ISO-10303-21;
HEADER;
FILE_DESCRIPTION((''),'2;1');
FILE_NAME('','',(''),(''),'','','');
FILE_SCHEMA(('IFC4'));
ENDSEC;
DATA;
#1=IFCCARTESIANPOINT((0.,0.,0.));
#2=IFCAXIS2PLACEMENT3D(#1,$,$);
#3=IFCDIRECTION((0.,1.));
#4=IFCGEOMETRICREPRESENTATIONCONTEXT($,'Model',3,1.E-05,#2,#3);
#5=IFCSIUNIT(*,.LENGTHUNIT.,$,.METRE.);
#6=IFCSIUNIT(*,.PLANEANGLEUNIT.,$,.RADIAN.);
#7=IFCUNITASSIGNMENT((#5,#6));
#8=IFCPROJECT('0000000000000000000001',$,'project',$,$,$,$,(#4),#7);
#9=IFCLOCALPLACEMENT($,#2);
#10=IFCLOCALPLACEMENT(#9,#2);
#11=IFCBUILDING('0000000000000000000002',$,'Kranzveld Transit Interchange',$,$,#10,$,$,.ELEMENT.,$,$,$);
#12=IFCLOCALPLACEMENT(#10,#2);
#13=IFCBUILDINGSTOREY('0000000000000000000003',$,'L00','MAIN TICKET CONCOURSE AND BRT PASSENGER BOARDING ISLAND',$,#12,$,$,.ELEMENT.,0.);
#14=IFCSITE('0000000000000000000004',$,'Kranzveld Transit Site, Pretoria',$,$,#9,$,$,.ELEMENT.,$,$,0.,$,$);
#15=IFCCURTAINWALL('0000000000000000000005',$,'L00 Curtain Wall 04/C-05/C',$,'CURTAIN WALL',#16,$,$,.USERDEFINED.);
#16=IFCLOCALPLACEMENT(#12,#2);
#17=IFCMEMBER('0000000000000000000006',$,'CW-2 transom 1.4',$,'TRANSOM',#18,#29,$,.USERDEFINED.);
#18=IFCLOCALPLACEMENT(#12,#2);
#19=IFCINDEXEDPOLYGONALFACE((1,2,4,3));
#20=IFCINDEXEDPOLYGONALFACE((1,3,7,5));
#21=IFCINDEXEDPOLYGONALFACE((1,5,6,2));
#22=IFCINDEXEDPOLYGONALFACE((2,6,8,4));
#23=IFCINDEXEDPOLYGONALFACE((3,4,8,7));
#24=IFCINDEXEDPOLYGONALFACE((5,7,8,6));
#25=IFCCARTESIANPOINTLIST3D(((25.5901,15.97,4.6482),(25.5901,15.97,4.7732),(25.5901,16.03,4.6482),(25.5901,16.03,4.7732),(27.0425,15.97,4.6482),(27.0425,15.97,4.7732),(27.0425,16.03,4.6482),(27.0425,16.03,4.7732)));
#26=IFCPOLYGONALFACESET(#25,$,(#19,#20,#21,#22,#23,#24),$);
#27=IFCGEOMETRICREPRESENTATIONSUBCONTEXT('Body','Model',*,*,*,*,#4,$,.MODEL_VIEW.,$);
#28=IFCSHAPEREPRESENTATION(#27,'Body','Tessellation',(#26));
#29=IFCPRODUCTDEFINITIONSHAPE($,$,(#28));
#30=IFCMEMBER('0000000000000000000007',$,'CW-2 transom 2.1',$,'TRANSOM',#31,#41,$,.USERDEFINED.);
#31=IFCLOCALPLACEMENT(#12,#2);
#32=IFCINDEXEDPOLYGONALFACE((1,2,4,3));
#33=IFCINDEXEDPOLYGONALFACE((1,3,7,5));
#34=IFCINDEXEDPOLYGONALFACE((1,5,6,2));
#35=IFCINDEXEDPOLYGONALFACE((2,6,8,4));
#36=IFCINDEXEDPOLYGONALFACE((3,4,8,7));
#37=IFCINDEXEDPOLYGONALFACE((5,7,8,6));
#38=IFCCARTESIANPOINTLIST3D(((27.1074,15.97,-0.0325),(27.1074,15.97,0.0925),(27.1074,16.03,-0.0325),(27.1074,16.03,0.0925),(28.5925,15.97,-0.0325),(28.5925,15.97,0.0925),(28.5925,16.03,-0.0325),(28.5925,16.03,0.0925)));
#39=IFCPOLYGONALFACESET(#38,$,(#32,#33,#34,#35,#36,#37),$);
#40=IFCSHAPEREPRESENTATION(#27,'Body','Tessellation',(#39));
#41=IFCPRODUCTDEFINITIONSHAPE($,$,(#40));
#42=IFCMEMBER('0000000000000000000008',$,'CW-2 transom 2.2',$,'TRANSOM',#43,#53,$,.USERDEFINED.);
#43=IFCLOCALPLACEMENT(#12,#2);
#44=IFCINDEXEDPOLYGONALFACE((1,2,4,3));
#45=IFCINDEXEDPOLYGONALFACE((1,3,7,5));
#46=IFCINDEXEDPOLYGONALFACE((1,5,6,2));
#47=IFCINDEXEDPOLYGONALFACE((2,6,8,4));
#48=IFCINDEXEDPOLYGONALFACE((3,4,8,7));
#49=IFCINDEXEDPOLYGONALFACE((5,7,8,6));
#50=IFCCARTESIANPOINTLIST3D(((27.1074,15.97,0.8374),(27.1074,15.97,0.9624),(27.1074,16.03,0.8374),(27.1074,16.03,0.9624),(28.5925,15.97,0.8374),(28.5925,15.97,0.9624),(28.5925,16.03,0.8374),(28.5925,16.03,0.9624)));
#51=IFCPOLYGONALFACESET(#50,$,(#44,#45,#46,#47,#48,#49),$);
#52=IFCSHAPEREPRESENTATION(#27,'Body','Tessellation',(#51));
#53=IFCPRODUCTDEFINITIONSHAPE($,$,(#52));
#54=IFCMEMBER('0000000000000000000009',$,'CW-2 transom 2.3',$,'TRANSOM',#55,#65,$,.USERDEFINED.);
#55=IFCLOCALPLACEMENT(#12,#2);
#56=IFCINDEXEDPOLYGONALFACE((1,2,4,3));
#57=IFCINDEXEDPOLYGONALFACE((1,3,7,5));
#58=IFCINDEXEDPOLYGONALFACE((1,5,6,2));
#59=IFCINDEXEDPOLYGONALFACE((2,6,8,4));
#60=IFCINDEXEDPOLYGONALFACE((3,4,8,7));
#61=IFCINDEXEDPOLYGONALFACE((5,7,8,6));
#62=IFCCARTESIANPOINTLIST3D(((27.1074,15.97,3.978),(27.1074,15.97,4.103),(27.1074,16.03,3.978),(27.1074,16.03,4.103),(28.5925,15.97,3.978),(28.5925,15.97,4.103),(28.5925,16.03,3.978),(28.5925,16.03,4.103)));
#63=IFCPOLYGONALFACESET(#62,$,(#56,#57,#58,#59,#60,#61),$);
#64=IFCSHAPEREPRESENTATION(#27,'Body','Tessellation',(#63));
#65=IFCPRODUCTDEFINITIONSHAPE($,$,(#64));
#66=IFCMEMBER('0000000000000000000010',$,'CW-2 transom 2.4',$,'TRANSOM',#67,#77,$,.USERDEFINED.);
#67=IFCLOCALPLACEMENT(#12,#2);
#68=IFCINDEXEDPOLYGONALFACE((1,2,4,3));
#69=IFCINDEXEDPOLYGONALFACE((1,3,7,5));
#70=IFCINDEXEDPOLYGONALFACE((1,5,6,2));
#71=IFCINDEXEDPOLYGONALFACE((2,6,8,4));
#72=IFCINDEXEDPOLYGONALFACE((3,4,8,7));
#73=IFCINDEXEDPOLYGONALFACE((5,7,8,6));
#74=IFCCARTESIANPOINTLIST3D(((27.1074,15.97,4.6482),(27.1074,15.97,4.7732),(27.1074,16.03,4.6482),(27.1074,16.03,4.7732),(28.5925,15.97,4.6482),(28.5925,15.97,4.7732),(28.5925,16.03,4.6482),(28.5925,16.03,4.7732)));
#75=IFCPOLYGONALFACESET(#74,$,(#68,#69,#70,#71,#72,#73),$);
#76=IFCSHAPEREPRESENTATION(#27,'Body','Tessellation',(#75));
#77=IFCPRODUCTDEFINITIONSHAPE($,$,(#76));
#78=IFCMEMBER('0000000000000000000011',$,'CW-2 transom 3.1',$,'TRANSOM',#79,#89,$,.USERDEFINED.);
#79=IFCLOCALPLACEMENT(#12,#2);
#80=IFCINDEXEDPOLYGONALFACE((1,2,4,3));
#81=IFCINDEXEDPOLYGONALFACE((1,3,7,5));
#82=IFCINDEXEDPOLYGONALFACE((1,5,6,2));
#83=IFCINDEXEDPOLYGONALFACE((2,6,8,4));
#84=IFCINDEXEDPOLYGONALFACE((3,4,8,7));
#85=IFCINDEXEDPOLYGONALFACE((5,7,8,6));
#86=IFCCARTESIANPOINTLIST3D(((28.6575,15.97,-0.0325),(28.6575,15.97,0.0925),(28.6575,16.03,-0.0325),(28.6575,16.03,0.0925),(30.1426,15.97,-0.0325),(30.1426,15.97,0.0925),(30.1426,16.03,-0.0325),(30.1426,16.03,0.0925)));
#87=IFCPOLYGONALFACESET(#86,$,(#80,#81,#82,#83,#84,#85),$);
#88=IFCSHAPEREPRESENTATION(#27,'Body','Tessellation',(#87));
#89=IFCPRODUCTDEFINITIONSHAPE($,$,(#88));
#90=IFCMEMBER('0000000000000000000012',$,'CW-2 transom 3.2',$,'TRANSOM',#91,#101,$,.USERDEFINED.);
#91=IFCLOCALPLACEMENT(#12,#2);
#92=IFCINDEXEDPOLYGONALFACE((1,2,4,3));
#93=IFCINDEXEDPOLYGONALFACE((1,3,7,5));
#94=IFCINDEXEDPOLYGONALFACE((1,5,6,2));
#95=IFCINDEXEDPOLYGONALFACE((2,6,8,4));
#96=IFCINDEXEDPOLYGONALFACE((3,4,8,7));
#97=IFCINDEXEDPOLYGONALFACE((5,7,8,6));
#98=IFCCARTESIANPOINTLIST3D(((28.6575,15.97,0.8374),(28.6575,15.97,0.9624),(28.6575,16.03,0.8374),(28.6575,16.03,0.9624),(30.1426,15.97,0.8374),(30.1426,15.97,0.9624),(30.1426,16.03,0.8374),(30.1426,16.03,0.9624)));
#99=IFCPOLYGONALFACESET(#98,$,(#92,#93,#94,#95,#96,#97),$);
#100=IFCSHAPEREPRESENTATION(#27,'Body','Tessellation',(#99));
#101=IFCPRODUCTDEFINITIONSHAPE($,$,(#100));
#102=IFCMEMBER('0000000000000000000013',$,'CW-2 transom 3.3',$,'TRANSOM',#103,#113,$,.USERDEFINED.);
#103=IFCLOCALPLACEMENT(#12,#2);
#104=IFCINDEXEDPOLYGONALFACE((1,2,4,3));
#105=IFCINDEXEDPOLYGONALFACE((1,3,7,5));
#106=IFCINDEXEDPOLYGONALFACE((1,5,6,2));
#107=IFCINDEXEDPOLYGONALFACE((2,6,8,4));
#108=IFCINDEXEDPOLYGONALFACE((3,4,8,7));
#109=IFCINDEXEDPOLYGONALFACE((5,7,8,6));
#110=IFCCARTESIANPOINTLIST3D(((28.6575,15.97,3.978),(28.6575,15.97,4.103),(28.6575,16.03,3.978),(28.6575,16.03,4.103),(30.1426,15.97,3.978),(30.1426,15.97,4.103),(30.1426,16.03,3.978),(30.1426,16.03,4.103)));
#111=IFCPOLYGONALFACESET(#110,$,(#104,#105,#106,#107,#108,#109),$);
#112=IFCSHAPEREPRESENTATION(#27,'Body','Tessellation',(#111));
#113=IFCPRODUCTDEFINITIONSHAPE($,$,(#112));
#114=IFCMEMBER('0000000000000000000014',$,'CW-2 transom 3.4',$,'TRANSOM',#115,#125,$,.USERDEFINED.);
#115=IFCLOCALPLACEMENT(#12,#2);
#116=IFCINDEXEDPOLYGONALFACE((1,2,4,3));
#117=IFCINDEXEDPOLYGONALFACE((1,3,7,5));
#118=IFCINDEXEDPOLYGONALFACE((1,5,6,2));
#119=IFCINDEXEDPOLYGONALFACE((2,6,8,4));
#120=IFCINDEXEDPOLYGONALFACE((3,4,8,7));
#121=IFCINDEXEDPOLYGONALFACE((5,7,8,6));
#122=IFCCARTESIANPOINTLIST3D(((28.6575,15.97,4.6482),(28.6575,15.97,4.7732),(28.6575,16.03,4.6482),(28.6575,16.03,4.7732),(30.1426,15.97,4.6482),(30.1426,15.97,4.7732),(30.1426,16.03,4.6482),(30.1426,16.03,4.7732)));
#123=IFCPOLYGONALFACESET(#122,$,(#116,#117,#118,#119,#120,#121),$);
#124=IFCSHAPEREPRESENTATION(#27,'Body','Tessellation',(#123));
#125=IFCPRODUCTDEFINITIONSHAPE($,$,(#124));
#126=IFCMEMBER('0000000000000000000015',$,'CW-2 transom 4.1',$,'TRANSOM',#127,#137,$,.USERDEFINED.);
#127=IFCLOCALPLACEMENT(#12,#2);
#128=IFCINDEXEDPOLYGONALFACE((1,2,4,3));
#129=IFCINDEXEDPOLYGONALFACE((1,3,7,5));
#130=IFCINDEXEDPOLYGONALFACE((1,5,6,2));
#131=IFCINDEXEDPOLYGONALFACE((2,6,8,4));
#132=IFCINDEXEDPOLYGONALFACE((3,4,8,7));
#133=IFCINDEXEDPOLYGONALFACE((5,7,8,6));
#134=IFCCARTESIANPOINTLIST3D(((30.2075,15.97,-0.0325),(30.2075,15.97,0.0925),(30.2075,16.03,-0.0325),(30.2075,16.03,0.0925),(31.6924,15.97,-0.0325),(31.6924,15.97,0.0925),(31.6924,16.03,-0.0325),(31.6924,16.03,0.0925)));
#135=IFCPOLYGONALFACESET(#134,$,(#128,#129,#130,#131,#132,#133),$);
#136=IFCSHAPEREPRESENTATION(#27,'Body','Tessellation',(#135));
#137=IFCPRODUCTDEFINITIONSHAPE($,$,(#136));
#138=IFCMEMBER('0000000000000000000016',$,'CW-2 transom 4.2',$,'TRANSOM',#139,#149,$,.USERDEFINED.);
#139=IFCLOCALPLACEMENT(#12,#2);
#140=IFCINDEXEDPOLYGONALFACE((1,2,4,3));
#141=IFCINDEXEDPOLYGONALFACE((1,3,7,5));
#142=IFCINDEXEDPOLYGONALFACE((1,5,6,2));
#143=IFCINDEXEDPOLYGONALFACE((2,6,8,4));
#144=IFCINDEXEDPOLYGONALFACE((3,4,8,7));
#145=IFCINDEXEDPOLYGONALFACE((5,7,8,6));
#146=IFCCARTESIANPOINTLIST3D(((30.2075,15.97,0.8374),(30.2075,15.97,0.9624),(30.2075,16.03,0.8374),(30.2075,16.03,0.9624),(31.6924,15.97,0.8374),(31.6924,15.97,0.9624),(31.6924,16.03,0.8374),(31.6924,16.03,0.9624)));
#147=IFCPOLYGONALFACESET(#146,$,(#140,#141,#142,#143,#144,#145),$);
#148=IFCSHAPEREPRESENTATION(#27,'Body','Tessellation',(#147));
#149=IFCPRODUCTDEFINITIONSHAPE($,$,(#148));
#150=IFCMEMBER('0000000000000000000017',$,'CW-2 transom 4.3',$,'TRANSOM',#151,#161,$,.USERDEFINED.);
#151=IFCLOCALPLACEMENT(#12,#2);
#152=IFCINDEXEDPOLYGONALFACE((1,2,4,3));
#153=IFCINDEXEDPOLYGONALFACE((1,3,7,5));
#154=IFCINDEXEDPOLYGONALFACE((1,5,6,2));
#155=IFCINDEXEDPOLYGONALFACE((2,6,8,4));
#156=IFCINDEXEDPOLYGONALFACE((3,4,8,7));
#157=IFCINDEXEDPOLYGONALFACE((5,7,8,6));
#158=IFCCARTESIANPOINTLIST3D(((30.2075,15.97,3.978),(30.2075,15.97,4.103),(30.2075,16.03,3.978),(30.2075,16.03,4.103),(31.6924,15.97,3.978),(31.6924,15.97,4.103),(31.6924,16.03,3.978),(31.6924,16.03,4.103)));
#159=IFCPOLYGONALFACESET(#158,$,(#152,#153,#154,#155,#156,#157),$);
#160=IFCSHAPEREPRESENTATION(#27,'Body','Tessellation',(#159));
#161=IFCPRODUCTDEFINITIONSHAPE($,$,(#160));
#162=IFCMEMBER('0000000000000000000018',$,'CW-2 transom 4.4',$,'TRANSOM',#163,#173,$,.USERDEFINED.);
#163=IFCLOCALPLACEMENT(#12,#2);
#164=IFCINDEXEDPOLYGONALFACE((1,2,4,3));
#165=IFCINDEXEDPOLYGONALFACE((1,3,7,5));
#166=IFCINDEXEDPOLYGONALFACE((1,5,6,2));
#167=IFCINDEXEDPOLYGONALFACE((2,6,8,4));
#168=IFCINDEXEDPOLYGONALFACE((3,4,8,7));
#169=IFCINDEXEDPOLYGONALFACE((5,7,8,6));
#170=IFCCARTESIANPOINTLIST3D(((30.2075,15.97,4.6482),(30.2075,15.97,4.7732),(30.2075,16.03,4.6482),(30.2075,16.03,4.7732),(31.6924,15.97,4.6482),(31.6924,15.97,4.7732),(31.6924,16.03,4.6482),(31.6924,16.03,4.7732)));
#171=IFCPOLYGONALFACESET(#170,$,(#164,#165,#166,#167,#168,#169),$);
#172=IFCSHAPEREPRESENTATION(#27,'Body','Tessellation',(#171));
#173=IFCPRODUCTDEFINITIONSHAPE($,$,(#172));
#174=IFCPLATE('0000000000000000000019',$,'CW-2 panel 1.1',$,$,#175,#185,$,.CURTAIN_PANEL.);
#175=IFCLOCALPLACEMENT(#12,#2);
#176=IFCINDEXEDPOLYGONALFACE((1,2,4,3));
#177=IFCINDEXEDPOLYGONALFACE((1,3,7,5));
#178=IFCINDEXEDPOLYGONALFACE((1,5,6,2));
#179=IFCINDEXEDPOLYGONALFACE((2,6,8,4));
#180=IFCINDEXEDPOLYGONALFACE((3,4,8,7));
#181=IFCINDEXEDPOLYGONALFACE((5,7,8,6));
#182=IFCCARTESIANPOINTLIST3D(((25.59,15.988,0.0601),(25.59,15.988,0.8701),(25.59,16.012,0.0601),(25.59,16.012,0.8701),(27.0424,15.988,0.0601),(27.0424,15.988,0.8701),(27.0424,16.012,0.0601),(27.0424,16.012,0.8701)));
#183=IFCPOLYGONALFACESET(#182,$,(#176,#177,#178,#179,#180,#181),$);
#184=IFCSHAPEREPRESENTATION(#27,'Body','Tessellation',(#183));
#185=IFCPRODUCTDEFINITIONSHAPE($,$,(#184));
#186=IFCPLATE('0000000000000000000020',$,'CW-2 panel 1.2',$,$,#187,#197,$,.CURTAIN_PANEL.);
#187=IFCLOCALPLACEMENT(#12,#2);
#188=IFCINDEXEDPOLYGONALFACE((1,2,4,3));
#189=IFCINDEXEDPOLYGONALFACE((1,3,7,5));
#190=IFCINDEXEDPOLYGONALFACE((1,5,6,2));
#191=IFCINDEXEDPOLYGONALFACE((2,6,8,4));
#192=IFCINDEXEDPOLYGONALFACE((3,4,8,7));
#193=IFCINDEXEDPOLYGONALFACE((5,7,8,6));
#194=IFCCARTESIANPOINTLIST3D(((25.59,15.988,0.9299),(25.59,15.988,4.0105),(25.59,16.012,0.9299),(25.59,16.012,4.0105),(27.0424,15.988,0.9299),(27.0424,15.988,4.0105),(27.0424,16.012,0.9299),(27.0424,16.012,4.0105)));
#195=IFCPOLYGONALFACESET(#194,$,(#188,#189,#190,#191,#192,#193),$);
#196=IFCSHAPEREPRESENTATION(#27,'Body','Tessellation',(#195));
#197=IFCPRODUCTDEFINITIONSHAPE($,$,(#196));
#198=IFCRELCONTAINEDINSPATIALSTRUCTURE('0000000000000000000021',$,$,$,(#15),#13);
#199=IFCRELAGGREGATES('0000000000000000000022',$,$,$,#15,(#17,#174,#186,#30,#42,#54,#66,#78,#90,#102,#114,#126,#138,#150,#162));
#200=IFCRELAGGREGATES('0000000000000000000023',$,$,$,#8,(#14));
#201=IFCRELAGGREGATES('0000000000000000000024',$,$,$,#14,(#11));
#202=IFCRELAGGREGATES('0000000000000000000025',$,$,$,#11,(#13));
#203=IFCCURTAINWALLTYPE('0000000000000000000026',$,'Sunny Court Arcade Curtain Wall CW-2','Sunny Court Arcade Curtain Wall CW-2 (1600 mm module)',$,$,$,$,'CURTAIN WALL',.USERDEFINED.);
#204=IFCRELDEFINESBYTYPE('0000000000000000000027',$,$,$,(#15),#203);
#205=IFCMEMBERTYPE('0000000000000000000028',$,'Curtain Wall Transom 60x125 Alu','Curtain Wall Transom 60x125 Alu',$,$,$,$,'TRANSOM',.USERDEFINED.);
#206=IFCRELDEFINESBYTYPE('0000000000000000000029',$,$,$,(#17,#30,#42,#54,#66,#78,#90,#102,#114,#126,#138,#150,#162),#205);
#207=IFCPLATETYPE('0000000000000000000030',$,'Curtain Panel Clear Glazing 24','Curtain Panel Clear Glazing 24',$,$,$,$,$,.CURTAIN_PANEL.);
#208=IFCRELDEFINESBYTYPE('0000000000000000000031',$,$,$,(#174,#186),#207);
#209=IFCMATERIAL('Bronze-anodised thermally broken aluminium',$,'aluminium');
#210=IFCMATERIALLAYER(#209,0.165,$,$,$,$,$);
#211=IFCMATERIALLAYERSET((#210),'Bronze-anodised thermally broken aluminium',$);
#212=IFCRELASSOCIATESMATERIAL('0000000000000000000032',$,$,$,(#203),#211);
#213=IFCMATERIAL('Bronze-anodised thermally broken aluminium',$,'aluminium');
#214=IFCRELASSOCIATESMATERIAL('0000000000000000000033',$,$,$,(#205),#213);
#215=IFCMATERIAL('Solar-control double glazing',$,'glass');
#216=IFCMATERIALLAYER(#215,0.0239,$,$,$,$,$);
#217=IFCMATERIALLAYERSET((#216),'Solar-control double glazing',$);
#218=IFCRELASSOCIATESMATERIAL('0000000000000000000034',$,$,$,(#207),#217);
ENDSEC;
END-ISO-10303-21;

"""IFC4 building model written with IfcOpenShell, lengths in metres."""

from ifc_helpers import new_model, si_unit, direction, frame, origin, origin_2d, place, context, subcontext, project, spatial, rectangle, extrude, material, layer, layer_set, material_profile, profile_set, type_object, element, aggregate, save


model = new_model("IFC4")

# Units and contexts
model_context = context("Model", 3, precision=1e-05, world=origin(), true_north=direction((0.0, 1.0)))
body_context = subcontext(model_context, "Body", "Model", "MODEL_VIEW")
ifc_project = project(units=[si_unit("LENGTHUNIT", "METRE"), si_unit("PLANEANGLEUNIT", "RADIAN")], contexts=[model_context])

# Site, building, storey
site_placement = place(None, origin())
site = spatial("IfcSite", under=ifc_project, at=site_placement, Name="Kranzveld Transit Site, Pretoria", CompositionType="ELEMENT", RefElevation=0.0)
building_placement = place(site_placement, origin())
building = spatial("IfcBuilding", under=site, at=building_placement, Name="Kranzveld Transit Interchange", CompositionType="ELEMENT")
storey_placement = place(building_placement, origin())
storey = spatial("IfcBuildingStorey", under=building, at=storey_placement, Name="L00", Description="MAIN TICKET CONCOURSE AND BRT PASSENGER BOARDING ISLAND", CompositionType="ELEMENT", Elevation=0.0)

# Curtain wall, members, plates
ifc_material_1 = material(Name="Bronze-anodised thermally broken aluminium", Category="aluminium")
ifc_layer_1 = layer(ifc_material_1, 0.165)
ifc_layer_set_1 = layer_set([ifc_layer_1], Name="Bronze-anodised thermally broken aluminium")
curtain_wall_type = type_object("IfcCurtainWallType", Name="Sunny Court Arcade Curtain Wall CW-2", Description="Sunny Court Arcade Curtain Wall CW-2 (1600 mm module)", ElementType="CURTAIN WALL", PredefinedType="USERDEFINED", material=ifc_layer_set_1)
curtain_wall_placement = place(storey_placement, origin())
curtain_wall = element("IfcCurtainWall", 1, at=curtain_wall_placement, inside=storey, type_object=curtain_wall_type, Name="L00 Curtain Wall 04/C-05/C", ObjectType="CURTAIN WALL", PredefinedType="USERDEFINED")
ifc_material_2 = material(Name="Bronze-anodised thermally broken aluminium", Category="aluminium")
ifc_material_profile_1 = material_profile(ifc_material_2, rectangle(XDim=0.0601, YDim=0.125, at=origin_2d()), Name="ALU TRANSOM 60x125")
ifc_profile_set_1 = profile_set([ifc_material_profile_1], Name="Bronze-anodised thermally broken aluminium")
member_type_1 = type_object("IfcMemberType", Name="Curtain Wall Transom 60x125 Alu", Description="Curtain Wall Transom 60x125 Alu", ElementType="TRANSOM", PredefinedType="USERDEFINED", material=ifc_profile_set_1)
member_1_placement = place(storey_placement, frame((25.5901, 16.0, 4.7107), z_axis=(1.0, 0.0, 0.0), x_axis=(0.0, 1.0, 0.0)))
member_1 = element("IfcMember", 2, at=member_1_placement, type_object=member_type_1, Name="CW-2 transom 1.4", ObjectType="TRANSOM", PredefinedType="USERDEFINED", context=body_context, shape_type="SweptSolid", body=[
    extrude(rectangle(XDim=0.0601, YDim=0.125, at=origin_2d()), origin(), (0.0, 0.0, 1.0), 1.4524),
])
member_2_placement = place(storey_placement, frame((27.1074, 16.0, 0.03), z_axis=(1.0, 0.0, 0.0), x_axis=(0.0, 1.0, 0.0)))
member_2 = element("IfcMember", 3, at=member_2_placement, type_object=member_type_1, Name="CW-2 transom 2.1", ObjectType="TRANSOM", PredefinedType="USERDEFINED", context=body_context, shape_type="SweptSolid", body=[
    extrude(rectangle(XDim=0.0601, YDim=0.125, at=origin_2d()), origin(), (0.0, 0.0, 1.0), 1.4851),
])
member_3_placement = place(storey_placement, frame((27.1074, 16.0, 0.8999), z_axis=(1.0, 0.0, 0.0), x_axis=(0.0, 1.0, 0.0)))
member_3 = element("IfcMember", 4, at=member_3_placement, type_object=member_type_1, Name="CW-2 transom 2.2", ObjectType="TRANSOM", PredefinedType="USERDEFINED", context=body_context, shape_type="SweptSolid", body=[
    extrude(rectangle(XDim=0.0601, YDim=0.125, at=origin_2d()), origin(), (0.0, 0.0, 1.0), 1.4851),
])
member_4_placement = place(storey_placement, frame((27.1074, 16.0, 4.0405), z_axis=(1.0, 0.0, 0.0), x_axis=(0.0, 1.0, 0.0)))
member_4 = element("IfcMember", 5, at=member_4_placement, type_object=member_type_1, Name="CW-2 transom 2.3", ObjectType="TRANSOM", PredefinedType="USERDEFINED", context=body_context, shape_type="SweptSolid", body=[
    extrude(rectangle(XDim=0.0601, YDim=0.125, at=origin_2d()), origin(), (0.0, 0.0, 1.0), 1.4851),
])
member_5_placement = place(storey_placement, frame((27.1074, 16.0, 4.7107), z_axis=(1.0, 0.0, 0.0), x_axis=(0.0, 1.0, 0.0)))
member_5 = element("IfcMember", 6, at=member_5_placement, type_object=member_type_1, Name="CW-2 transom 2.4", ObjectType="TRANSOM", PredefinedType="USERDEFINED", context=body_context, shape_type="SweptSolid", body=[
    extrude(rectangle(XDim=0.0601, YDim=0.125, at=origin_2d()), origin(), (0.0, 0.0, 1.0), 1.4851),
])
member_6_placement = place(storey_placement, frame((28.6575, 16.0, 0.03), z_axis=(1.0, 0.0, 0.0), x_axis=(0.0, 1.0, 0.0)))
member_6 = element("IfcMember", 7, at=member_6_placement, type_object=member_type_1, Name="CW-2 transom 3.1", ObjectType="TRANSOM", PredefinedType="USERDEFINED", context=body_context, shape_type="SweptSolid", body=[
    extrude(rectangle(XDim=0.0601, YDim=0.125, at=origin_2d()), origin(), (0.0, 0.0, 1.0), 1.4851),
])
member_7_placement = place(storey_placement, frame((28.6575, 16.0, 0.8999), z_axis=(1.0, 0.0, 0.0), x_axis=(0.0, 1.0, 0.0)))
member_7 = element("IfcMember", 8, at=member_7_placement, type_object=member_type_1, Name="CW-2 transom 3.2", ObjectType="TRANSOM", PredefinedType="USERDEFINED", context=body_context, shape_type="SweptSolid", body=[
    extrude(rectangle(XDim=0.0601, YDim=0.125, at=origin_2d()), origin(), (0.0, 0.0, 1.0), 1.4851),
])
member_8_placement = place(storey_placement, frame((28.6575, 16.0, 4.0405), z_axis=(1.0, 0.0, 0.0), x_axis=(0.0, 1.0, 0.0)))
member_8 = element("IfcMember", 9, at=member_8_placement, type_object=member_type_1, Name="CW-2 transom 3.3", ObjectType="TRANSOM", PredefinedType="USERDEFINED", context=body_context, shape_type="SweptSolid", body=[
    extrude(rectangle(XDim=0.0601, YDim=0.125, at=origin_2d()), origin(), (0.0, 0.0, 1.0), 1.4851),
])
member_9_placement = place(storey_placement, frame((28.6575, 16.0, 4.7107), z_axis=(1.0, 0.0, 0.0), x_axis=(0.0, 1.0, 0.0)))
member_9 = element("IfcMember", 10, at=member_9_placement, type_object=member_type_1, Name="CW-2 transom 3.4", ObjectType="TRANSOM", PredefinedType="USERDEFINED", context=body_context, shape_type="SweptSolid", body=[
    extrude(rectangle(XDim=0.0601, YDim=0.125, at=origin_2d()), origin(), (0.0, 0.0, 1.0), 1.4851),
])
member_10_placement = place(storey_placement, frame((30.2075, 16.0, 0.03), z_axis=(1.0, 0.0, 0.0), x_axis=(0.0, 1.0, 0.0)))
member_10 = element("IfcMember", 11, at=member_10_placement, type_object=member_type_1, Name="CW-2 transom 4.1", ObjectType="TRANSOM", PredefinedType="USERDEFINED", context=body_context, shape_type="SweptSolid", body=[
    extrude(rectangle(XDim=0.0601, YDim=0.125, at=origin_2d()), origin(), (0.0, 0.0, 1.0), 1.4849),
])
member_11_placement = place(storey_placement, frame((30.2075, 16.0, 0.8999), z_axis=(1.0, 0.0, 0.0), x_axis=(0.0, 1.0, 0.0)))
member_11 = element("IfcMember", 12, at=member_11_placement, type_object=member_type_1, Name="CW-2 transom 4.2", ObjectType="TRANSOM", PredefinedType="USERDEFINED", context=body_context, shape_type="SweptSolid", body=[
    extrude(rectangle(XDim=0.0601, YDim=0.125, at=origin_2d()), origin(), (0.0, 0.0, 1.0), 1.4849),
])
member_12_placement = place(storey_placement, frame((30.2075, 16.0, 4.0405), z_axis=(1.0, 0.0, 0.0), x_axis=(0.0, 1.0, 0.0)))
member_12 = element("IfcMember", 13, at=member_12_placement, type_object=member_type_1, Name="CW-2 transom 4.3", ObjectType="TRANSOM", PredefinedType="USERDEFINED", context=body_context, shape_type="SweptSolid", body=[
    extrude(rectangle(XDim=0.0601, YDim=0.125, at=origin_2d()), origin(), (0.0, 0.0, 1.0), 1.4849),
])
member_13_placement = place(storey_placement, frame((30.2075, 16.0, 4.7107), z_axis=(1.0, 0.0, 0.0), x_axis=(0.0, 1.0, 0.0)))
member_13 = element("IfcMember", 14, at=member_13_placement, type_object=member_type_1, Name="CW-2 transom 4.4", ObjectType="TRANSOM", PredefinedType="USERDEFINED", context=body_context, shape_type="SweptSolid", body=[
    extrude(rectangle(XDim=0.0601, YDim=0.125, at=origin_2d()), origin(), (0.0, 0.0, 1.0), 1.4849),
])
ifc_material_3 = material(Name="Solar-control double glazing", Category="glass")
ifc_layer_2 = layer(ifc_material_3, 0.0239)
ifc_layer_set_2 = layer_set([ifc_layer_2], Name="Solar-control double glazing")
plate_type = type_object("IfcPlateType", Name="Curtain Panel Clear Glazing 24", Description="Curtain Panel Clear Glazing 24", PredefinedType="CURTAIN_PANEL", material=ifc_layer_set_2)
plate_1_placement = place(storey_placement, frame((26.3162, 16.0, 0.0601), z_axis=(0.0, 0.0, 1.0), x_axis=(1.0, 0.0, 0.0)))
plate_1 = element("IfcPlate", 15, at=plate_1_placement, type_object=plate_type, Name="CW-2 panel 1.1", PredefinedType="CURTAIN_PANEL", context=body_context, shape_type="SweptSolid", body=[
    extrude(rectangle(XDim=1.4524, YDim=0.0239, at=origin_2d()), origin(), (0.0, 0.0, 1.0), 0.8101),
])
plate_2_placement = place(storey_placement, frame((26.3162, 16.0, 0.9299), z_axis=(0.0, 0.0, 1.0), x_axis=(1.0, 0.0, 0.0)))
plate_2 = element("IfcPlate", 16, at=plate_2_placement, type_object=plate_type, Name="CW-2 panel 1.2", PredefinedType="CURTAIN_PANEL", context=body_context, shape_type="SweptSolid", body=[
    extrude(rectangle(XDim=1.4524, YDim=0.0239, at=origin_2d()), origin(), (0.0, 0.0, 1.0), 3.0806),
])
aggregate(curtain_wall, [member_1, plate_1, plate_2, member_2, member_3, member_4, member_5, member_6, member_7, member_8, member_9, member_10, member_11, member_12, member_13])

save(model, "model.ifc")
